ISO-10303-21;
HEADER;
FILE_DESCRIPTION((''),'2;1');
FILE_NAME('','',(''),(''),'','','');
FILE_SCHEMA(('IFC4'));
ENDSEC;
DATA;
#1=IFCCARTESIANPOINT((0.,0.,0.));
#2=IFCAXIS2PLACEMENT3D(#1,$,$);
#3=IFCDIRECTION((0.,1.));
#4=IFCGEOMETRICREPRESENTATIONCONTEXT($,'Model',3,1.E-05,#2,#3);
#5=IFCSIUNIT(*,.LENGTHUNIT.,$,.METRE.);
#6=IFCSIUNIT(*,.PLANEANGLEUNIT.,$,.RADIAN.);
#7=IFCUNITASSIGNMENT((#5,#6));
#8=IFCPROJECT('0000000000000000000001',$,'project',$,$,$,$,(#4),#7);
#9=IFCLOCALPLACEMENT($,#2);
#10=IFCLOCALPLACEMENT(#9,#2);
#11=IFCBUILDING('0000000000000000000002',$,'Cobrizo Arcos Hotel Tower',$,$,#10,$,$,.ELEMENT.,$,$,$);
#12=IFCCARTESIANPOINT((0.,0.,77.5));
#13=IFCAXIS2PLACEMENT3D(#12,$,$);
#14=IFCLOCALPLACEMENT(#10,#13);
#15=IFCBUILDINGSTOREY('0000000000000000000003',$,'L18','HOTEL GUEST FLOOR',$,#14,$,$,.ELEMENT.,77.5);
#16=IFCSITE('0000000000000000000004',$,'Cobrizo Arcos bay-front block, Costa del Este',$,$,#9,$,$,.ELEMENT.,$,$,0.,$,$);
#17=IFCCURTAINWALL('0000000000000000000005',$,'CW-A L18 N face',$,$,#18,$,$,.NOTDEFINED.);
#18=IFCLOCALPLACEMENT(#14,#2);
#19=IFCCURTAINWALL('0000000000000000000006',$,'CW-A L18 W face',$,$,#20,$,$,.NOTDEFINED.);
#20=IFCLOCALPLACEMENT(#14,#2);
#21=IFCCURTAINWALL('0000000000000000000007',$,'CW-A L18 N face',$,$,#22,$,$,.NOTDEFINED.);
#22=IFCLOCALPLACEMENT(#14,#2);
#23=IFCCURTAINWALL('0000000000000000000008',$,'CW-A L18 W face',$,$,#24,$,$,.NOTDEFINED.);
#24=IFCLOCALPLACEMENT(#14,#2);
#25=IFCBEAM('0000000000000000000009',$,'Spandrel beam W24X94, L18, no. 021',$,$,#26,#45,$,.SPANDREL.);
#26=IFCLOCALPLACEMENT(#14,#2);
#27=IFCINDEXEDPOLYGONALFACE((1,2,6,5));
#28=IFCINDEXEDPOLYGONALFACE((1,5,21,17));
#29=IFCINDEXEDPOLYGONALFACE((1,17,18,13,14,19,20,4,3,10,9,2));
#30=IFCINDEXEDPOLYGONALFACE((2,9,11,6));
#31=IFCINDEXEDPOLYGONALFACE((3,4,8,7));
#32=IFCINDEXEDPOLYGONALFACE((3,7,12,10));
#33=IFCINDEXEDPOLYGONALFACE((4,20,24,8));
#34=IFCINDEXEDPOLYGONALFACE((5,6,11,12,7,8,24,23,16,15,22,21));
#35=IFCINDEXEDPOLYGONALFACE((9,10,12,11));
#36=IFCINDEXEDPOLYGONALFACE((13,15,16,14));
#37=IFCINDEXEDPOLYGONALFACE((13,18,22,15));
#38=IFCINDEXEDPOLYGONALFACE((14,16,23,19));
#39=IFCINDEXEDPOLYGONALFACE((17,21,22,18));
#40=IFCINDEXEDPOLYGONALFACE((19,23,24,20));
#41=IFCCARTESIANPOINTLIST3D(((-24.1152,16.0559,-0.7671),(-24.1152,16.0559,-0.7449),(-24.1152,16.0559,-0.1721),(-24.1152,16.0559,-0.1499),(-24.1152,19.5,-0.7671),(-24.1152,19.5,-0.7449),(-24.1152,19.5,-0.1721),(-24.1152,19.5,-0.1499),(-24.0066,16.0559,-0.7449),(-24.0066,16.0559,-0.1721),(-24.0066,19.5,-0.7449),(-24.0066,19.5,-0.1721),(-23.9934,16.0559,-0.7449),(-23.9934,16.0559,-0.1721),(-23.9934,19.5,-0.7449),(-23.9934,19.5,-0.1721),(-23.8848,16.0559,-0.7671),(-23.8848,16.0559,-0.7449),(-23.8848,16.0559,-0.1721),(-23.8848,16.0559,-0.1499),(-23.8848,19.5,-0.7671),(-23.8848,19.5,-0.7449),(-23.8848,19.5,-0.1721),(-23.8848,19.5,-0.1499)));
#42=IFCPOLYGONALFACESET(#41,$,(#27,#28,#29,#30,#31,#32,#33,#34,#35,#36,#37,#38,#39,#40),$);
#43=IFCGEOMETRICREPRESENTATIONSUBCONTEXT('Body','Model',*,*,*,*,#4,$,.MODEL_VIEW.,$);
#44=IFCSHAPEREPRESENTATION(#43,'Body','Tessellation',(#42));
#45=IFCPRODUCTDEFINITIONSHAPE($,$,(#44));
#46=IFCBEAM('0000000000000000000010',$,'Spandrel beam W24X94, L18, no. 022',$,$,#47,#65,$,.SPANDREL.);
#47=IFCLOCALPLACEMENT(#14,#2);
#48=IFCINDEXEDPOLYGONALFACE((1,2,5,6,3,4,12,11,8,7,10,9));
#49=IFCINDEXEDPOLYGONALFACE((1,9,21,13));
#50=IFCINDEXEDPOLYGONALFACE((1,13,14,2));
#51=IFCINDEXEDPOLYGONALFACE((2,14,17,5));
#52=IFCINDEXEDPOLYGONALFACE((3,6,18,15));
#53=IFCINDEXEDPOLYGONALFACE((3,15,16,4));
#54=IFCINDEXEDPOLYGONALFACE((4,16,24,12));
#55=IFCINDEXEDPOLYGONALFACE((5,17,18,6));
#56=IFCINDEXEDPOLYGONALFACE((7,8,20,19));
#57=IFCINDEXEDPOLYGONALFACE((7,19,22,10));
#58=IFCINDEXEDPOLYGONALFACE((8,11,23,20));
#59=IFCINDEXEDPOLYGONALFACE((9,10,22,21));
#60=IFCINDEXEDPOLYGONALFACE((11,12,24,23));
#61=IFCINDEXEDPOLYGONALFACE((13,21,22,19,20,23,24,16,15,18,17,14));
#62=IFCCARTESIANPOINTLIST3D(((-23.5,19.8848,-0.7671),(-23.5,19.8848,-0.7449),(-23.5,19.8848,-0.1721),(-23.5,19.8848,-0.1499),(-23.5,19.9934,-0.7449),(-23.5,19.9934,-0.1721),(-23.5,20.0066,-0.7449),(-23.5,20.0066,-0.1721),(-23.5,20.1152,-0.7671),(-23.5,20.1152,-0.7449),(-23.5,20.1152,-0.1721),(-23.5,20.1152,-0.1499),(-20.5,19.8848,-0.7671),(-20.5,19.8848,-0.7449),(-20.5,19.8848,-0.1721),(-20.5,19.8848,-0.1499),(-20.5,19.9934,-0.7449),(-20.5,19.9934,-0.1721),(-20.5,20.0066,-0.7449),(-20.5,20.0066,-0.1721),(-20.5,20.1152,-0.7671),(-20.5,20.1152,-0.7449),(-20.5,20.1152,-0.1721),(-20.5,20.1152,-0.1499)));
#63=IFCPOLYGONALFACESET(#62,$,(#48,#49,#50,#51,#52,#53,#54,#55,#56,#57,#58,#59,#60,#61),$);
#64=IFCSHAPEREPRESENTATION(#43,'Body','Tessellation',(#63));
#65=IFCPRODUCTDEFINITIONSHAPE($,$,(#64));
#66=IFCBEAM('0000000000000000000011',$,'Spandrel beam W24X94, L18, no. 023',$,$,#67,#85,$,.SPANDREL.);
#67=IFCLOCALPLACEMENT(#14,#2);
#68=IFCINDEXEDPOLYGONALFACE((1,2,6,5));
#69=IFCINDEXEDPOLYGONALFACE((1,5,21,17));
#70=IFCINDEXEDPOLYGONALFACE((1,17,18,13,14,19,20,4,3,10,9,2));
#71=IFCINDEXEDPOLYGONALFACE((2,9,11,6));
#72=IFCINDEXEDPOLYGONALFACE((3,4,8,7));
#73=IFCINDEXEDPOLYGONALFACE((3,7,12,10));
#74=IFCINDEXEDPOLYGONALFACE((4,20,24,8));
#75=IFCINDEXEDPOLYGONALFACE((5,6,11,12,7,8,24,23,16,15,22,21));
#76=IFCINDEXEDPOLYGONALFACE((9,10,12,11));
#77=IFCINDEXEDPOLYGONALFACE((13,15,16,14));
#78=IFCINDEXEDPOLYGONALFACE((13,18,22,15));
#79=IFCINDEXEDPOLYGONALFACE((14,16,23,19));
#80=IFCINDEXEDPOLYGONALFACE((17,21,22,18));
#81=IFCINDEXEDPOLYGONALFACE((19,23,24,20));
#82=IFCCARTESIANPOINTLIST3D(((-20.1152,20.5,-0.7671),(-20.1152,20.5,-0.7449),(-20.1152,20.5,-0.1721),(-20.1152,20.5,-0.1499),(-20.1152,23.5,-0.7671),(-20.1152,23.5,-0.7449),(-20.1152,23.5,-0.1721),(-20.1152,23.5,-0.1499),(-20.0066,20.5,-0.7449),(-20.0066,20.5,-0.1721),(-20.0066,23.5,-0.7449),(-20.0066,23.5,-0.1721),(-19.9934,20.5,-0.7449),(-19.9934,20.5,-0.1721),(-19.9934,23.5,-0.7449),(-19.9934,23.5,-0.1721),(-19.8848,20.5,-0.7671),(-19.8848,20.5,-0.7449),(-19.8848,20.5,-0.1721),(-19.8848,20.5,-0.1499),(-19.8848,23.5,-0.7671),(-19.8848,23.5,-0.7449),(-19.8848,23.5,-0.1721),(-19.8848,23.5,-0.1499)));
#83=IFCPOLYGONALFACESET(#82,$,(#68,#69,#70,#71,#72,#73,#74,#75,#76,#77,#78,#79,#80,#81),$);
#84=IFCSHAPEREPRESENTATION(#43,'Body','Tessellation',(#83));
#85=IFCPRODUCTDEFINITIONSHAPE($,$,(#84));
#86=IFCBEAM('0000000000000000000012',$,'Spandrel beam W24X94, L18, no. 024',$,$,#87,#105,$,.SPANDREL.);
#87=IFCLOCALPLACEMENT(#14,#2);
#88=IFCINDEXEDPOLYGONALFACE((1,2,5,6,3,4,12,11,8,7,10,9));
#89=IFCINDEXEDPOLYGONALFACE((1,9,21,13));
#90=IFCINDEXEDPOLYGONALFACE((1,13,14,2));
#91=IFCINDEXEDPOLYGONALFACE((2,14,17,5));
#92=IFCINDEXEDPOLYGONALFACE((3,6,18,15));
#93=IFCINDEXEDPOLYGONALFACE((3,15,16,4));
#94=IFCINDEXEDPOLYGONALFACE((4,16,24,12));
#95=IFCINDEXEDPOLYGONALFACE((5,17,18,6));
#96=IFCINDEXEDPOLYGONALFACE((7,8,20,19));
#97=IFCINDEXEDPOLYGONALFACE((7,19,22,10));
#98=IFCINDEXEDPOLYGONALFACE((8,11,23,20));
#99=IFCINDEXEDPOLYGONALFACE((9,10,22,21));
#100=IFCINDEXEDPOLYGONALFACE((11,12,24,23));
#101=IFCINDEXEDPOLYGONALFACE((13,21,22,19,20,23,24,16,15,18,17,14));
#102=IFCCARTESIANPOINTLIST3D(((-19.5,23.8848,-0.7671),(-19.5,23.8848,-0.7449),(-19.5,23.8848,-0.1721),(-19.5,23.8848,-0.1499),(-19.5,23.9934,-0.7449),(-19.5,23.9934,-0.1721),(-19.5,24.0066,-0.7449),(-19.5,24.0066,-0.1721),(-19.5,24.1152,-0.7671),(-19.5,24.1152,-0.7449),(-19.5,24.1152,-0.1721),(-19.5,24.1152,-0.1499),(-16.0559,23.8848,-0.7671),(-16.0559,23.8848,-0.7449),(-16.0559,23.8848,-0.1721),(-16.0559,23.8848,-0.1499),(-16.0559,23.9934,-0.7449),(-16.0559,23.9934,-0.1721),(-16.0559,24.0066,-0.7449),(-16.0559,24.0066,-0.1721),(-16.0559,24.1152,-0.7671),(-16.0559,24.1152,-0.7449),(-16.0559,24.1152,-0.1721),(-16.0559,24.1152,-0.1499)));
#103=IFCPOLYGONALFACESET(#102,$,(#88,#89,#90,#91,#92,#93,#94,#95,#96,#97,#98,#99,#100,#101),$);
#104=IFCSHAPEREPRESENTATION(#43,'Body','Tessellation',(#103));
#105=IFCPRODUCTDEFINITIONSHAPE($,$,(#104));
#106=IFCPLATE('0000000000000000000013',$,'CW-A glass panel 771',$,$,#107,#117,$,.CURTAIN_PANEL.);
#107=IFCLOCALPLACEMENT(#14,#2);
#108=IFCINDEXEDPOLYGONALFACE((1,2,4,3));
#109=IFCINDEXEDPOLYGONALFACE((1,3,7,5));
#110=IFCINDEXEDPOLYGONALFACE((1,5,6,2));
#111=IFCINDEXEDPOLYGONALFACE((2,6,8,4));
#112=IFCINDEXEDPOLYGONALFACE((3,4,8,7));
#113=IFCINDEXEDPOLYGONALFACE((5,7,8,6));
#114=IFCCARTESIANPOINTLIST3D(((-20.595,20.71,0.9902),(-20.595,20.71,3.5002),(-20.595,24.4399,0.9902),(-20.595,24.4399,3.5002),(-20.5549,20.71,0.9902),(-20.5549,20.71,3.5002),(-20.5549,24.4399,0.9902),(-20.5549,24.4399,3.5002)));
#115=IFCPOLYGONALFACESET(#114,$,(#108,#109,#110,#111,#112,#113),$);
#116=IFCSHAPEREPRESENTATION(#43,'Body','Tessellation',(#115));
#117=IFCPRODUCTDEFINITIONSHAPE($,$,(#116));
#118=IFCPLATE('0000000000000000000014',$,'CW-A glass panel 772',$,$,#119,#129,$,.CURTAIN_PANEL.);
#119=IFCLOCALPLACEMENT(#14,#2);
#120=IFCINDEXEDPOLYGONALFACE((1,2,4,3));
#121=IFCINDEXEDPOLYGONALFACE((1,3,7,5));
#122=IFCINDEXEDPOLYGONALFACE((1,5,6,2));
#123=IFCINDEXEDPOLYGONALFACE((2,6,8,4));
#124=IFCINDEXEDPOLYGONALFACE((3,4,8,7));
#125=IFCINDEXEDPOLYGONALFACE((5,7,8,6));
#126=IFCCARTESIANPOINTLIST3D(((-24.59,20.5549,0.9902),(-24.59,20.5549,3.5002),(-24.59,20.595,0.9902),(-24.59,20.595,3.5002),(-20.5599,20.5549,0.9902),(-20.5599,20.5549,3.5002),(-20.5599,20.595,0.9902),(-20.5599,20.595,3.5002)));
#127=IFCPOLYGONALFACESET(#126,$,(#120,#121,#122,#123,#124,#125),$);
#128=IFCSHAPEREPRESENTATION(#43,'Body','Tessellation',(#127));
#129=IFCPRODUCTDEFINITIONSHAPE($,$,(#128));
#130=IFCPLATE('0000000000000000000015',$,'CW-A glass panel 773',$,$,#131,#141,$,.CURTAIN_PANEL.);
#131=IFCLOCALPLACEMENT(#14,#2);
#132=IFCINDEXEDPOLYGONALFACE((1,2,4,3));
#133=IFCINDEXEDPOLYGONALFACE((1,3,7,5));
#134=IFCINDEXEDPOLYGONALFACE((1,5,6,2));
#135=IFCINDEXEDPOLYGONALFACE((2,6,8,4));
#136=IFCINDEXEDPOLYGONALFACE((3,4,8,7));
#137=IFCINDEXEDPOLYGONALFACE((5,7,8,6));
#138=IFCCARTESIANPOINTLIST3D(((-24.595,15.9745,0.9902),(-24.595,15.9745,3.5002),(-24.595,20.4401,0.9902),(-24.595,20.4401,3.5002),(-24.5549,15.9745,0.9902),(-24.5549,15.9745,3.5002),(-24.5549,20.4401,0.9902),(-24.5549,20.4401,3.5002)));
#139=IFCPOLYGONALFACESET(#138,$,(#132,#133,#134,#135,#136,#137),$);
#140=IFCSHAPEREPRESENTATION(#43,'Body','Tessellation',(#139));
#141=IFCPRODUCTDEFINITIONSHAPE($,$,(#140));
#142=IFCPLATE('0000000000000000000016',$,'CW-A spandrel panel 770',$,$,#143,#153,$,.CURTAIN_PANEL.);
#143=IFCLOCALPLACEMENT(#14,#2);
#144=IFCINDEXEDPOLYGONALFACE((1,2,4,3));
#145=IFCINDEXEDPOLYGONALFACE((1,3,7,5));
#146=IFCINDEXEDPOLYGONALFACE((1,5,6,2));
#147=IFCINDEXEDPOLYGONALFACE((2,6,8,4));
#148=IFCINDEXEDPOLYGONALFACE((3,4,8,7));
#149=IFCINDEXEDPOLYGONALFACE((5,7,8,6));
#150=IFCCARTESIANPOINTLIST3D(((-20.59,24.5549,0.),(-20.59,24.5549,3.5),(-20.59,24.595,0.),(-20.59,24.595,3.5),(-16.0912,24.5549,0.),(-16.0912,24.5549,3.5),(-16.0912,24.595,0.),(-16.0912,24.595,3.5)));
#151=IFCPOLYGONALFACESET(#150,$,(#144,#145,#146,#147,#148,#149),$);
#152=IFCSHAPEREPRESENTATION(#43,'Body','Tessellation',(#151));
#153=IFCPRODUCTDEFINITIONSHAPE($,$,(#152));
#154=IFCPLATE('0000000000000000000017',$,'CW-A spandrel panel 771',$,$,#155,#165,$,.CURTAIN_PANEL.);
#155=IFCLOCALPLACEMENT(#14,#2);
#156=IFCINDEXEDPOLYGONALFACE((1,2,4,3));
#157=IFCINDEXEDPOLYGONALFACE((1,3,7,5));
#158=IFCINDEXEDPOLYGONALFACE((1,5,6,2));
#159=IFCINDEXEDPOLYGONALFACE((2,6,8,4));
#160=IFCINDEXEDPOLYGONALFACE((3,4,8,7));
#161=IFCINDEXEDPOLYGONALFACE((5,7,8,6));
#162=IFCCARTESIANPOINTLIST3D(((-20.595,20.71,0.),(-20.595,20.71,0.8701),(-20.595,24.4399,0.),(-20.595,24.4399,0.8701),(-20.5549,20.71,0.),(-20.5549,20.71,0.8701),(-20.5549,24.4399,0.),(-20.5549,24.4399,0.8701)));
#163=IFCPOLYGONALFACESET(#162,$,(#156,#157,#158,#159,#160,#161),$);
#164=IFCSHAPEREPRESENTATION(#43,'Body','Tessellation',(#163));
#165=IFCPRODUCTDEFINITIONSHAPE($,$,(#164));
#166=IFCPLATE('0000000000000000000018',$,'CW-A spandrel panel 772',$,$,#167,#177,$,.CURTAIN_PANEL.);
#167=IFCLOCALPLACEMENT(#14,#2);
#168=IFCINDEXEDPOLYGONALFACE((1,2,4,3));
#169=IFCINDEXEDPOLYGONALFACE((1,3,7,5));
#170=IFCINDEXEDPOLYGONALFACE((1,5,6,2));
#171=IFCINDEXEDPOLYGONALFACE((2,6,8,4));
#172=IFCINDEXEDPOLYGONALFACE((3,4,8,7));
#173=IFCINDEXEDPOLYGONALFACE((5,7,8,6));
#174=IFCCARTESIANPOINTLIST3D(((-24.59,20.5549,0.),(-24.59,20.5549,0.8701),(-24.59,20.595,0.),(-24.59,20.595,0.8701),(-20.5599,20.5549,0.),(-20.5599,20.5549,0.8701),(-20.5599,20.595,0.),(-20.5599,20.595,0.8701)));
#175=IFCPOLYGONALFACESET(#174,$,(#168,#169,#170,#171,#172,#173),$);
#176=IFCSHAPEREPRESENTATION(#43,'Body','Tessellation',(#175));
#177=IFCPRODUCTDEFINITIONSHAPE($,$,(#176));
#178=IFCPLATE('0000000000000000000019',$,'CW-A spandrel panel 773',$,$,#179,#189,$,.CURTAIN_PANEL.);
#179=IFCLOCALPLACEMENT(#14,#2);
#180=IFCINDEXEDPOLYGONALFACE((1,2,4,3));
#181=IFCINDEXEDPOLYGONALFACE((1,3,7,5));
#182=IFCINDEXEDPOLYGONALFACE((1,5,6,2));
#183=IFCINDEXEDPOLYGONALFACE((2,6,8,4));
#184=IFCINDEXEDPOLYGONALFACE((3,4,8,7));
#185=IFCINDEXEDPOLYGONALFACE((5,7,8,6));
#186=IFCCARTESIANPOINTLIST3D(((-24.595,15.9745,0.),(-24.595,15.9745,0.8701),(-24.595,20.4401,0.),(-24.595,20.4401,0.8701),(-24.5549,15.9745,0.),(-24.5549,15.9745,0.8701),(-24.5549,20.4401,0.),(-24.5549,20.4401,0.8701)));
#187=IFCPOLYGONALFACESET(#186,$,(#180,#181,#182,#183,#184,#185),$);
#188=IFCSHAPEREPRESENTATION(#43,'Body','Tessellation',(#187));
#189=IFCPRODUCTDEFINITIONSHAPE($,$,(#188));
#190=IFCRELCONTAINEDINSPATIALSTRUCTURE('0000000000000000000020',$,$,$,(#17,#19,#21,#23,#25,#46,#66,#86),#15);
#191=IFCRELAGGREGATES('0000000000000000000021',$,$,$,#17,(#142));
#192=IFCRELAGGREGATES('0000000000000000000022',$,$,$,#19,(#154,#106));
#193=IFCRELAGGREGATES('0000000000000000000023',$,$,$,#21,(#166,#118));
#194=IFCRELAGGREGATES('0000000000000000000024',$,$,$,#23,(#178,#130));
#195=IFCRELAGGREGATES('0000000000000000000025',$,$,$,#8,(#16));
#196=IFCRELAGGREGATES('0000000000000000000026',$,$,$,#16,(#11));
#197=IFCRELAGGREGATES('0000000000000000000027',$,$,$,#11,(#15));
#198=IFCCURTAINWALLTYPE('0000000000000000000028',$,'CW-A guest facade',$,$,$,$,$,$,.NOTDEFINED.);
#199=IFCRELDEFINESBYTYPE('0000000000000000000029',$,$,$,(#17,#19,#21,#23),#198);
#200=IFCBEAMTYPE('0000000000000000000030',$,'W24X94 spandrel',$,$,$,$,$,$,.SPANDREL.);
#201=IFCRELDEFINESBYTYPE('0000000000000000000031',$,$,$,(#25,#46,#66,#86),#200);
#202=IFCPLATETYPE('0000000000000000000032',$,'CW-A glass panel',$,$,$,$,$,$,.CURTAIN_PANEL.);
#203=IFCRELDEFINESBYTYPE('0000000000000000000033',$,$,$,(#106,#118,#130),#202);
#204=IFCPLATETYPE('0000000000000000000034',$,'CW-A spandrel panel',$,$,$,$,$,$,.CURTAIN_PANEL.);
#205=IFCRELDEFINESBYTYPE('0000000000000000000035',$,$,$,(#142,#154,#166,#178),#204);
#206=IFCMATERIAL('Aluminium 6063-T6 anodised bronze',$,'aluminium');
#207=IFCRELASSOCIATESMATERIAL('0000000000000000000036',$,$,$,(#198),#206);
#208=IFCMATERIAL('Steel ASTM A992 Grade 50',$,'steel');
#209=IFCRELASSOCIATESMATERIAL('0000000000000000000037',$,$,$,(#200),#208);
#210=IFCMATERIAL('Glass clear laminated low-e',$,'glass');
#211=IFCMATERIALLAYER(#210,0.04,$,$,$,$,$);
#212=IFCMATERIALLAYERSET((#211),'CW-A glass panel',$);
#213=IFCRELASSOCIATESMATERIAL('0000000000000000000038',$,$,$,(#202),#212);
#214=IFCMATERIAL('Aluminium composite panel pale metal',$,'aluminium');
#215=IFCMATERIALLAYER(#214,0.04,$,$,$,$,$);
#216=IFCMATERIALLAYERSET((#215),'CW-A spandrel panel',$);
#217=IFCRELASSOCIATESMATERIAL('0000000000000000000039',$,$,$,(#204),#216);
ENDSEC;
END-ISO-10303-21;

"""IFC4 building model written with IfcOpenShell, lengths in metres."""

from ifc_helpers import new_model, si_unit, direction, frame, origin, origin_2d, place, context, subcontext, project, spatial, rectangle, i_section, extrude, material, layer, layer_set, material_profile, profile_set, type_object, element, aggregate, save


model = new_model("IFC4")

# Units and contexts
model_context = context("Model", 3, precision=1e-05, world=origin(), true_north=direction((0.0, 1.0)))
body_context = subcontext(model_context, "Body", "Model", "MODEL_VIEW")
ifc_project = project(units=[si_unit("LENGTHUNIT", "METRE"), si_unit("PLANEANGLEUNIT", "RADIAN")], contexts=[model_context])

# Site, building, storey
site_placement = place(None, origin())
site = spatial("IfcSite", under=ifc_project, at=site_placement, Name="Cobrizo Arcos bay-front block, Costa del Este", CompositionType="ELEMENT", RefElevation=0.0)
building_placement = place(site_placement, origin())
building = spatial("IfcBuilding", under=site, at=building_placement, Name="Cobrizo Arcos Hotel Tower", CompositionType="ELEMENT")
storey_placement = place(building_placement, frame((0.0, 0.0, 77.5)))
storey = spatial("IfcBuildingStorey", under=building, at=storey_placement, Name="L18", Description="HOTEL GUEST FLOOR", CompositionType="ELEMENT", Elevation=77.5)

# Curtain wall
ifc_material_1 = material(Name="Aluminium 6063-T6 anodised bronze", Category="aluminium")
curtain_wall_type = type_object("IfcCurtainWallType", Name="CW-A guest facade", PredefinedType="NOTDEFINED", material=ifc_material_1)
curtain_wall_1_placement = place(storey_placement, origin())
curtain_wall_1 = element("IfcCurtainWall", 1, at=curtain_wall_1_placement, inside=storey, type_object=curtain_wall_type, Name="CW-A L18 N face", PredefinedType="NOTDEFINED")

# Curtain walls
curtain_wall_2_placement = place(storey_placement, origin())
curtain_wall_2 = element("IfcCurtainWall", 2, at=curtain_wall_2_placement, inside=storey, type_object=curtain_wall_type, Name="CW-A L18 W face", PredefinedType="NOTDEFINED")
curtain_wall_3_placement = place(storey_placement, origin())
curtain_wall_3 = element("IfcCurtainWall", 3, at=curtain_wall_3_placement, inside=storey, type_object=curtain_wall_type, Name="CW-A L18 N face", PredefinedType="NOTDEFINED")
curtain_wall_4_placement = place(storey_placement, origin())
curtain_wall_4 = element("IfcCurtainWall", 4, at=curtain_wall_4_placement, inside=storey, type_object=curtain_wall_type, Name="CW-A L18 W face", PredefinedType="NOTDEFINED")

# Beams
ifc_material_2 = material(Name="Steel ASTM A992 Grade 50", Category="steel")
ifc_material_profile_1 = material_profile(ifc_material_2, i_section(OverallWidth=0.2305, OverallDepth=0.6172, WebThickness=0.0132, FlangeThickness=0.0222, at=origin_2d()), Name="W24X94")
ifc_profile_set_1 = profile_set([ifc_material_profile_1], Name="Steel ASTM A992 Grade 50")
beam_type = type_object("IfcBeamType", Name="W24X94 spandrel", PredefinedType="SPANDREL", material=ifc_profile_set_1)
beam_1_placement = place(storey_placement, frame((-24.0, 16.0559, -0.4585), z_axis=(0.0, 1.0, 0.0), x_axis=(-1.0, 0.0, 0.0)))
element("IfcBeam", 5, at=beam_1_placement, inside=storey, type_object=beam_type, Name="Spandrel beam W24X94, L18, no. 021", PredefinedType="SPANDREL", context=body_context, shape_type="SweptSolid", body=[
    extrude(i_section(OverallWidth=0.2305, OverallDepth=0.6172, WebThickness=0.0132, FlangeThickness=0.0222, at=origin_2d()), origin(), (0.0, 0.0, 1.0), 3.4441),
])
for number, where, z_axis, x_axis, name in (
    (6, (-23.5, 20.0, -0.4585), (1.0, 0.0, 0.0), (0.0, 1.0, 0.0), "Spandrel beam W24X94, L18, no. 022"),
    (7, (-20.0, 20.5, -0.4585), (0.0, 1.0, 0.0), (-1.0, 0.0, 0.0), "Spandrel beam W24X94, L18, no. 023"),
):
    element("IfcBeam", number, at=place(storey_placement, frame(where, z_axis=z_axis, x_axis=x_axis)), inside=storey, type_object=beam_type, Name=name, PredefinedType="SPANDREL", context=body_context, shape_type="SweptSolid", body=[
        extrude(i_section(OverallWidth=0.2305, OverallDepth=0.6172, WebThickness=0.0132, FlangeThickness=0.0222, at=origin_2d()), origin(), (0.0, 0.0, 1.0), 3.0),
    ])
beam_2_placement = place(storey_placement, frame((-19.5, 24.0, -0.4585), z_axis=(1.0, 0.0, 0.0), x_axis=(0.0, 1.0, 0.0)))
element("IfcBeam", 8, at=beam_2_placement, inside=storey, type_object=beam_type, Name="Spandrel beam W24X94, L18, no. 024", PredefinedType="SPANDREL", context=body_context, shape_type="SweptSolid", body=[
    extrude(i_section(OverallWidth=0.2305, OverallDepth=0.6172, WebThickness=0.0132, FlangeThickness=0.0222, at=origin_2d()), origin(), (0.0, 0.0, 1.0), 3.4441),
])

# Plates
ifc_material_3 = material(Name="Glass clear laminated low-e", Category="glass")
ifc_layer_1 = layer(ifc_material_3, 0.04)
ifc_layer_set_1 = layer_set([ifc_layer_1], Name="CW-A glass panel")
plate_type_1 = type_object("IfcPlateType", Name="CW-A glass panel", PredefinedType="CURTAIN_PANEL", material=ifc_layer_set_1)
plate_1_placement = place(storey_placement, frame((-20.575, 22.575, 0.9902), z_axis=(0.0, 0.0, 1.0), x_axis=(0.0, -1.0, 0.0)))
plate_1 = element("IfcPlate", 9, at=plate_1_placement, type_object=plate_type_1, Name="CW-A glass panel 771", PredefinedType="CURTAIN_PANEL", context=body_context, shape_type="SweptSolid", body=[
    extrude(rectangle(XDim=3.73, YDim=0.04, at=origin_2d()), origin(), (0.0, 0.0, 1.0), 2.51),
])
plate_2_placement = place(storey_placement, frame((-22.575, 20.575, 0.9902), z_axis=(0.0, 0.0, 1.0), x_axis=(-1.0, 0.0, 0.0)))
plate_2 = element("IfcPlate", 10, at=plate_2_placement, type_object=plate_type_1, Name="CW-A glass panel 772", PredefinedType="CURTAIN_PANEL", context=body_context, shape_type="SweptSolid", body=[
    extrude(rectangle(XDim=4.03, YDim=0.04, at=origin_2d()), origin(), (0.0, 0.0, 1.0), 2.51),
])
plate_3_placement = place(storey_placement, frame((-24.575, 18.2073, 0.9902), z_axis=(0.0, 0.0, 1.0), x_axis=(0.0, -1.0, 0.0)))
plate_3 = element("IfcPlate", 11, at=plate_3_placement, type_object=plate_type_1, Name="CW-A glass panel 773", PredefinedType="CURTAIN_PANEL", context=body_context, shape_type="SweptSolid", body=[
    extrude(rectangle(XDim=4.4656, YDim=0.04, at=origin_2d()), origin(), (0.0, 0.0, 1.0), 2.51),
])
ifc_material_4 = material(Name="Aluminium composite panel pale metal", Category="aluminium")
ifc_layer_2 = layer(ifc_material_4, 0.04)
ifc_layer_set_2 = layer_set([ifc_layer_2], Name="CW-A spandrel panel")
plate_type_2 = type_object("IfcPlateType", Name="CW-A spandrel panel", PredefinedType="CURTAIN_PANEL", material=ifc_layer_set_2)
plate_4_placement = place(storey_placement, frame((-18.3406, 24.575, 0.0), z_axis=(0.0, 0.0, 1.0), x_axis=(-1.0, 0.0, 0.0)))
plate_4 = element("IfcPlate", 12, at=plate_4_placement, type_object=plate_type_2, Name="CW-A spandrel panel 770", PredefinedType="CURTAIN_PANEL", context=body_context, shape_type="SweptSolid", body=[
    extrude(rectangle(XDim=4.4988, YDim=0.04, at=origin_2d()), origin(), (0.0, 0.0, 1.0), 3.5),
])
aggregate(curtain_wall_1, [plate_4])
plate_5_placement = place(storey_placement, frame((-20.575, 22.575, 0.0), z_axis=(0.0, 0.0, 1.0), x_axis=(0.0, -1.0, 0.0)))
plate_5 = element("IfcPlate", 13, at=plate_5_placement, type_object=plate_type_2, Name="CW-A spandrel panel 771", PredefinedType="CURTAIN_PANEL", context=body_context, shape_type="SweptSolid", body=[
    extrude(rectangle(XDim=3.73, YDim=0.04, at=origin_2d()), origin(), (0.0, 0.0, 1.0), 0.8701),
])
aggregate(curtain_wall_2, [plate_5, plate_1])
plate_6_placement = place(storey_placement, frame((-22.575, 20.575, 0.0), z_axis=(0.0, 0.0, 1.0), x_axis=(-1.0, 0.0, 0.0)))
plate_6 = element("IfcPlate", 14, at=plate_6_placement, type_object=plate_type_2, Name="CW-A spandrel panel 772", PredefinedType="CURTAIN_PANEL", context=body_context, shape_type="SweptSolid", body=[
    extrude(rectangle(XDim=4.03, YDim=0.04, at=origin_2d()), origin(), (0.0, 0.0, 1.0), 0.8701),
])
aggregate(curtain_wall_3, [plate_6, plate_2])
plate_7_placement = place(storey_placement, frame((-24.575, 18.2073, 0.0), z_axis=(0.0, 0.0, 1.0), x_axis=(0.0, -1.0, 0.0)))
plate_7 = element("IfcPlate", 15, at=plate_7_placement, type_object=plate_type_2, Name="CW-A spandrel panel 773", PredefinedType="CURTAIN_PANEL", context=body_context, shape_type="SweptSolid", body=[
    extrude(rectangle(XDim=4.4656, YDim=0.04, at=origin_2d()), origin(), (0.0, 0.0, 1.0), 0.8701),
])
aggregate(curtain_wall_4, [plate_7, plate_3])

save(model, "model.ifc")
